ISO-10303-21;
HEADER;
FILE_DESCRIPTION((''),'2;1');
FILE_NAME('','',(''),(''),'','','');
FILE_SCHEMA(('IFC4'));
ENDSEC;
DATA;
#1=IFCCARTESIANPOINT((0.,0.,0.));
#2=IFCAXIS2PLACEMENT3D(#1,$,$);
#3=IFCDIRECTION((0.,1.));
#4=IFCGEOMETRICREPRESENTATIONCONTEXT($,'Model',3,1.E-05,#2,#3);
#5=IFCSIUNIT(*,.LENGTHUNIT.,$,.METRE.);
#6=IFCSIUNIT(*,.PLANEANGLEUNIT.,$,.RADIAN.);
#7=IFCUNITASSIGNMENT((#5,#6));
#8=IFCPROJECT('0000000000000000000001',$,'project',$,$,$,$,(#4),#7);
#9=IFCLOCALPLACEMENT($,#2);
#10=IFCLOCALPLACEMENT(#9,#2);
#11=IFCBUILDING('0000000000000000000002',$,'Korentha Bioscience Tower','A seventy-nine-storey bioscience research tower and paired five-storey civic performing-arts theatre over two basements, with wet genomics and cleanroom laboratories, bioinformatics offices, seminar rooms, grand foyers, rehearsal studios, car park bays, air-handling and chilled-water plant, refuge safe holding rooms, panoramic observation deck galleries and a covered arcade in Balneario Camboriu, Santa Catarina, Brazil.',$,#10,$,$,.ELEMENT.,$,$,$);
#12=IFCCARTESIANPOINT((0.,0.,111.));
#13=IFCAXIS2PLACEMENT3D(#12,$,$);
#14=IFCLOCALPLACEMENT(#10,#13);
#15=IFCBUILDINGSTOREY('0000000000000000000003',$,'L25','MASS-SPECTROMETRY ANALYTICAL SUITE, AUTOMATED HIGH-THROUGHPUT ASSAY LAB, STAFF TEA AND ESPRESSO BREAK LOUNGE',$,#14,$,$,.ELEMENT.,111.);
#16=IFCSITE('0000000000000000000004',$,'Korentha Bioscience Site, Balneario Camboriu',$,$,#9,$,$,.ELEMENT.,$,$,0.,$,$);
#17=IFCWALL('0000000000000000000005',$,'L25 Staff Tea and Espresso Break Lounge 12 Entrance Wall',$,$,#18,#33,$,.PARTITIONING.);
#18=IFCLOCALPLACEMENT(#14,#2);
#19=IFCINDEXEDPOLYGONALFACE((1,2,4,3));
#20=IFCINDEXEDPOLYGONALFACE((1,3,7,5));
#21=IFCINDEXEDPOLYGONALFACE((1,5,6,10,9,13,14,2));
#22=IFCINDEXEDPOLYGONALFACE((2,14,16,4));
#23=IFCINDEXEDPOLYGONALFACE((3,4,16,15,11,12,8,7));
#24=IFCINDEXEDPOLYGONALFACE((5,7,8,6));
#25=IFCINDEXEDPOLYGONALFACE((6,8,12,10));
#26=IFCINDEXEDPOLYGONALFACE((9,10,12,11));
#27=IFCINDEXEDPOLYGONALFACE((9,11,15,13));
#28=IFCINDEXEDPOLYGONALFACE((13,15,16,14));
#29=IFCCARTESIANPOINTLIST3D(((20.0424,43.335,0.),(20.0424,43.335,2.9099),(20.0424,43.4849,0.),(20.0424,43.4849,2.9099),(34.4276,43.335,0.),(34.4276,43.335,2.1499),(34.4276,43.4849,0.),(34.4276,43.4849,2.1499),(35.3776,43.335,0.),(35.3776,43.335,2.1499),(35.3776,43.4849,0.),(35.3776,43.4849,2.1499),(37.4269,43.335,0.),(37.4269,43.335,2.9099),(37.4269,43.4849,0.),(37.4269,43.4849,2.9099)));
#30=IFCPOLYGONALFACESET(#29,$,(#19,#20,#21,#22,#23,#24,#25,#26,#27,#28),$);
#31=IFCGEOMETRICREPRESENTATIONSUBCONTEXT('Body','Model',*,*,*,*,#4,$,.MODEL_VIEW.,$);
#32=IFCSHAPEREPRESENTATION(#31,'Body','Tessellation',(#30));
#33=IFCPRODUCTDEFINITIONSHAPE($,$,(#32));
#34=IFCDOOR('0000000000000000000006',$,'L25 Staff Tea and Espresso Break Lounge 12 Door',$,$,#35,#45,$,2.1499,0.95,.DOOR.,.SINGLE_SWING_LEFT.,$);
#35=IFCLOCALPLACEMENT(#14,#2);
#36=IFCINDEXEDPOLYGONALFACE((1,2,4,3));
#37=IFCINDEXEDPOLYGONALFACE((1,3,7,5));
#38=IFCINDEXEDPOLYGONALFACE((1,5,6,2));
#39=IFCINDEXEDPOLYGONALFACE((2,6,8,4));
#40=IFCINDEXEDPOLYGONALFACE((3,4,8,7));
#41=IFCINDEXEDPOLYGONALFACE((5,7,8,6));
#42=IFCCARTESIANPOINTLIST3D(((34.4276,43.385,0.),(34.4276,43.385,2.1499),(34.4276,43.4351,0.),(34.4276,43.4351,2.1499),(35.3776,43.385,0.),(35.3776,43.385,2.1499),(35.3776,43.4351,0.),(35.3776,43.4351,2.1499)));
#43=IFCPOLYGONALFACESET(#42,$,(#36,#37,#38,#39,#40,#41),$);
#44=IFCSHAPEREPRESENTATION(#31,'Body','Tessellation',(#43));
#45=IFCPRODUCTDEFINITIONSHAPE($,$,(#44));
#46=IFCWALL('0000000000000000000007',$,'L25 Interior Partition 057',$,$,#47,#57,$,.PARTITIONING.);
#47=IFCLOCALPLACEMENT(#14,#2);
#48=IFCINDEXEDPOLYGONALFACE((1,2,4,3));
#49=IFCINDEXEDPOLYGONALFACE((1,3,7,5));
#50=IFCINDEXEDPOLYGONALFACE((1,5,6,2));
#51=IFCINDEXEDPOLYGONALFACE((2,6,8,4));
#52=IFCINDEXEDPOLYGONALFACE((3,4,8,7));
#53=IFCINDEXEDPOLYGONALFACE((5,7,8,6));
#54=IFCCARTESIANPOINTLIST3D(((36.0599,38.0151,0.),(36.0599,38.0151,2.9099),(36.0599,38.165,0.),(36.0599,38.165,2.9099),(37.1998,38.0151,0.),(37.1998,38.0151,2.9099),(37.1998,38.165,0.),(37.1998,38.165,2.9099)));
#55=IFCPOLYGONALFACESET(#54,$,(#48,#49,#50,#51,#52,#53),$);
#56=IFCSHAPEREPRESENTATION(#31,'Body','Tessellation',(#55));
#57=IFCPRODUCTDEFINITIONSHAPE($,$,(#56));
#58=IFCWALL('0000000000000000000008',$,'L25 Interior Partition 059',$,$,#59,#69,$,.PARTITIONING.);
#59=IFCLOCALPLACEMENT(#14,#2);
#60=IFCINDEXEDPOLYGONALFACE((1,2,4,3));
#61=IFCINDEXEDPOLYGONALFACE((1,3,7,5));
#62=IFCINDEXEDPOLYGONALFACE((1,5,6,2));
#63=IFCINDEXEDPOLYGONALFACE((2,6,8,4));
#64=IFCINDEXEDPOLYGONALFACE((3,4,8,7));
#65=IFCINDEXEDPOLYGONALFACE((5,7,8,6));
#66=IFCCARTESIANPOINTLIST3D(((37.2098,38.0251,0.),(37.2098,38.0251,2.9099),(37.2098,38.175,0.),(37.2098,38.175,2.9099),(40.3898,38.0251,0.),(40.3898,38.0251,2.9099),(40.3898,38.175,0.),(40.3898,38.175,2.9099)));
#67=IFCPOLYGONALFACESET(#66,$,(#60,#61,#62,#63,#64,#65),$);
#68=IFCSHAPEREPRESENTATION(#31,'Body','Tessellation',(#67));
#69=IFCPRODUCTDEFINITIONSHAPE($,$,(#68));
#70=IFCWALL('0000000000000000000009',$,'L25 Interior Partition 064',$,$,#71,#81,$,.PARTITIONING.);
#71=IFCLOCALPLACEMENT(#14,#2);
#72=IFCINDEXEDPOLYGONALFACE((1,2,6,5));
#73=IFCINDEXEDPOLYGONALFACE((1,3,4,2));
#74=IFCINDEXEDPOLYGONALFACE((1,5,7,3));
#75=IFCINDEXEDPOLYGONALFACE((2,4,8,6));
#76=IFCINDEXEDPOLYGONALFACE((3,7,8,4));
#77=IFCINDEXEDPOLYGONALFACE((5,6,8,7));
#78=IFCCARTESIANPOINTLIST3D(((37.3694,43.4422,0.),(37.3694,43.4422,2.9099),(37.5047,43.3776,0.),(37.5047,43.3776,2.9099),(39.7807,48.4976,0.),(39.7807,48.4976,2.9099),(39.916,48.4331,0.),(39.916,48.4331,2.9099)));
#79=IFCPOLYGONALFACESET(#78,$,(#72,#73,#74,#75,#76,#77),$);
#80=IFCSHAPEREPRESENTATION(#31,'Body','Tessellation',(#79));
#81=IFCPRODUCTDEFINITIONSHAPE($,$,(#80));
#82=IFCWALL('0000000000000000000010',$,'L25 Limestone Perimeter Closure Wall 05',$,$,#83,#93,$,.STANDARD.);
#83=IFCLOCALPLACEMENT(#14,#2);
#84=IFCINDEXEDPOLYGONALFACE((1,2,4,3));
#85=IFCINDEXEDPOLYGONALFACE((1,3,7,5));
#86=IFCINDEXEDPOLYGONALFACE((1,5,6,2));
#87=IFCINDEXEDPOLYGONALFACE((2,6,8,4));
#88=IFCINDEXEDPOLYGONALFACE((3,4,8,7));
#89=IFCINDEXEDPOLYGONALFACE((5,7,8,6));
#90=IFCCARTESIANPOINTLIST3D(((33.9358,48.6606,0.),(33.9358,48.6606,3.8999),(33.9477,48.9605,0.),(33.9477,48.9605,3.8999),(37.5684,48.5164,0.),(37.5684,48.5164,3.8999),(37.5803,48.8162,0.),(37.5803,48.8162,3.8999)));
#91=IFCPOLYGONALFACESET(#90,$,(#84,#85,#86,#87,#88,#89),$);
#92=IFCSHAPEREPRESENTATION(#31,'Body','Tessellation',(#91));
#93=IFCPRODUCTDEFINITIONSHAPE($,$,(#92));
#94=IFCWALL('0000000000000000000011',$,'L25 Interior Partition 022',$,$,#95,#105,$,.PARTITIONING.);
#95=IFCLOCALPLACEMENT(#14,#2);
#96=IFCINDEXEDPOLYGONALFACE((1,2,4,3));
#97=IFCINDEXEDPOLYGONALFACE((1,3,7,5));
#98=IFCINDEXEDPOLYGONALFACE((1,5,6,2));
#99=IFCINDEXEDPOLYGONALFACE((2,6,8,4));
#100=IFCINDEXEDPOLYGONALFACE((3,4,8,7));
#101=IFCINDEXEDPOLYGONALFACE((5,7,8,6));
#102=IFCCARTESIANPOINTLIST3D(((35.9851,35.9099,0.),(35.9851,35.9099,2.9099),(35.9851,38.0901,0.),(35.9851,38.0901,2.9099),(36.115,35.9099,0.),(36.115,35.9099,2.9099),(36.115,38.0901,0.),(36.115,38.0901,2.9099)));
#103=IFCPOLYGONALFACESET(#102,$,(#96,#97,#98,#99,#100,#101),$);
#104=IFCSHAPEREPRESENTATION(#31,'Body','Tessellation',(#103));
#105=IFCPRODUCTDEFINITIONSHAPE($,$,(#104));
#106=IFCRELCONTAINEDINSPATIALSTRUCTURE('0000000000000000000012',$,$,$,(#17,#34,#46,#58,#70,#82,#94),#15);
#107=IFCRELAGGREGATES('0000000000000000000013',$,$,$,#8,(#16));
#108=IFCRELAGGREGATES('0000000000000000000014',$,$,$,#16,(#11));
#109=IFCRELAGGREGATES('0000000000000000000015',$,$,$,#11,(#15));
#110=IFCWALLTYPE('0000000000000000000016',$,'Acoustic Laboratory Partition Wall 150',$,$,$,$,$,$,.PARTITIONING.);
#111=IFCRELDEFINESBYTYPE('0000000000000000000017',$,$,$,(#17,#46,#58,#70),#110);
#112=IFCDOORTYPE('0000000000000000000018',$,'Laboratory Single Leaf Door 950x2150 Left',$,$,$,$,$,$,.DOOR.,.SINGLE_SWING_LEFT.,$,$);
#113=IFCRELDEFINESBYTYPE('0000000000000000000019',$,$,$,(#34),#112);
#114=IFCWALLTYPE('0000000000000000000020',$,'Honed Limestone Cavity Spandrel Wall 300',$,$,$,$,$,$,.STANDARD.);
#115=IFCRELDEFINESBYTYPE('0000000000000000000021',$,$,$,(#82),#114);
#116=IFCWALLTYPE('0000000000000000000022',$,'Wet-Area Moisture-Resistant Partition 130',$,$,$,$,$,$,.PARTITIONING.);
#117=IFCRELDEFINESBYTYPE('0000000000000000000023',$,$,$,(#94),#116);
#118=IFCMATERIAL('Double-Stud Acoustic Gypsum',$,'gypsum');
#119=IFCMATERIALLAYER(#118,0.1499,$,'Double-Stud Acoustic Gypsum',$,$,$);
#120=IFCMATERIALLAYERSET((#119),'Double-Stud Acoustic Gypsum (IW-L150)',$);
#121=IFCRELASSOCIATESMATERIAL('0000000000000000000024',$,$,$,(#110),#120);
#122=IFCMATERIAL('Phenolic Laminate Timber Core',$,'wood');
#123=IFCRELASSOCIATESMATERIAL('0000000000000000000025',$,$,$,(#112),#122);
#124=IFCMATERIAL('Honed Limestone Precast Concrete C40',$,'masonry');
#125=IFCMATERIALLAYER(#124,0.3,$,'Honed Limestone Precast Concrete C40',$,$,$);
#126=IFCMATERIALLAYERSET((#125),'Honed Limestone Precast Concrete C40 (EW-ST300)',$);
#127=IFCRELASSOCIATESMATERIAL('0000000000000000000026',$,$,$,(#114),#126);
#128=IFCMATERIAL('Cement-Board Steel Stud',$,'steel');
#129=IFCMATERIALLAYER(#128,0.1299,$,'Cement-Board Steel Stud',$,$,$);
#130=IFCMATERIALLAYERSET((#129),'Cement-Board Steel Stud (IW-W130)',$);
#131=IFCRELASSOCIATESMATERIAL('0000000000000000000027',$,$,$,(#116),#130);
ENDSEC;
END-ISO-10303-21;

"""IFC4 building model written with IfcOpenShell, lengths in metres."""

from ifc_helpers import new_model, si_unit, direction, frame, frame_2d, origin, place, context, subcontext, project, spatial, rectangle, extrude, material, layer, layer_set, type_object, element, fill, save


model = new_model("IFC4")

# Units and contexts
model_context = context("Model", 3, precision=1e-05, world=origin(), true_north=direction((0.0, 1.0)))
body_context = subcontext(model_context, "Body", "Model", "MODEL_VIEW")
ifc_project = project(units=[si_unit("LENGTHUNIT", "METRE"), si_unit("PLANEANGLEUNIT", "RADIAN")], contexts=[model_context])

# Site, building, storey
site_placement = place(None, origin())
site = spatial("IfcSite", under=ifc_project, at=site_placement, Name="Korentha Bioscience Site, Balneario Camboriu", CompositionType="ELEMENT", RefElevation=0.0)
building_placement = place(site_placement, origin())
building = spatial("IfcBuilding", under=site, at=building_placement, Name="Korentha Bioscience Tower", Description="A seventy-nine-storey bioscience research tower and paired five-storey civic performing-arts theatre over two basements, with wet genomics and cleanroom laboratories, bioinformatics offices, seminar rooms, grand foyers, rehearsal studios, car park bays, air-handling and chilled-water plant, refuge safe holding rooms, panoramic observation deck galleries and a covered arcade in Balneario Camboriu, Santa Catarina, Brazil.", CompositionType="ELEMENT")
storey_placement = place(building_placement, frame((0.0, 0.0, 111.0)))
storey = spatial("IfcBuildingStorey", under=building, at=storey_placement, Name="L25", Description="MASS-SPECTROMETRY ANALYTICAL SUITE, AUTOMATED HIGH-THROUGHPUT ASSAY LAB, STAFF TEA AND ESPRESSO BREAK LOUNGE", CompositionType="ELEMENT", Elevation=111.0)

# Wall, opening, door
ifc_material_1 = material(Name="Double-Stud Acoustic Gypsum", Category="gypsum")
ifc_layer_1 = layer(ifc_material_1, 0.1499, Name="Double-Stud Acoustic Gypsum")
ifc_layer_set_1 = layer_set([ifc_layer_1], Name="Double-Stud Acoustic Gypsum (IW-L150)")
wall_type_1 = type_object("IfcWallType", Name="Acoustic Laboratory Partition Wall 150", PredefinedType="PARTITIONING", material=ifc_layer_set_1)
ifc_material_2 = material(Name="Phenolic Laminate Timber Core", Category="wood")
door_type_1 = type_object("IfcDoorType", Name="Laboratory Single Leaf Door 950x2150 Left", OperationType="SINGLE_SWING_LEFT", PredefinedType="DOOR", material=ifc_material_2)
wall_1_placement = place(storey_placement, frame((37.427, 43.4099, 0.0), z_axis=(0.0, 0.0, 1.0), x_axis=(-1.0, 0.0, 0.0)))
wall_1 = element("IfcWall", 1, at=wall_1_placement, inside=storey, type_object=wall_type_1, Name="L25 Staff Tea and Espresso Break Lounge 12 Entrance Wall", PredefinedType="PARTITIONING", context=body_context, shape_type="SweptSolid", body=[
    extrude(rectangle(XDim=17.3845, YDim=0.1499, at=frame_2d((8.6924, 0.0))), origin(), (0.0, 0.0, 1.0), 2.9099),
])
opening_1_placement = place(wall_1_placement, frame((2.0493, 0.0, 0.0)))
opening_1 = element("IfcOpeningElement", 2, at=opening_1_placement, cuts=wall_1, PredefinedType="OPENING", context=body_context, shape_type="SweptSolid", body=[
    extrude(rectangle(XDim=0.95, YDim=2.1499, at=frame_2d((0.4751, 1.075))), frame((0.0, 0.0898, 0.0), z_axis=(0.0, -1.0, 0.0), x_axis=(1.0, 0.0, 0.0)), (0.0, 0.0, 1.0), 0.1797),
])
door_1_placement = place(opening_1_placement, origin())
door_1 = element("IfcDoor", 3, at=door_1_placement, inside=storey, type_object=door_type_1, Name="L25 Staff Tea and Espresso Break Lounge 12 Door", OperationType="SINGLE_SWING_LEFT", OverallHeight=2.1499, OverallWidth=0.95, PredefinedType="DOOR", context=body_context, shape_type="SweptSolid", body=[
    extrude(rectangle(XDim=0.95, YDim=2.1499, at=frame_2d((0.4751, 1.075))), frame((0.0, 0.0249, 0.0), z_axis=(0.0, -1.0, 0.0), x_axis=(1.0, 0.0, 0.0)), (0.0, 0.0, 1.0), 0.05),
])
fill(opening_1, door_1)

# Walls
wall_2_placement = place(storey_placement, frame((36.0601, 38.0901, 0.0), z_axis=(0.0, 0.0, 1.0), x_axis=(1.0, 0.0, 0.0)))
element("IfcWall", 4, at=wall_2_placement, inside=storey, type_object=wall_type_1, Name="L25 Interior Partition 057", PredefinedType="PARTITIONING", context=body_context, shape_type="SweptSolid", body=[
    extrude(rectangle(XDim=1.1399, YDim=0.1499, at=frame_2d((0.5698, 0.0))), origin(), (0.0, 0.0, 1.0), 2.9099),
])
wall_3_placement = place(storey_placement, frame((37.21, 38.1001, 0.0), z_axis=(0.0, 0.0, 1.0), x_axis=(1.0, 0.0, 0.0)))
element("IfcWall", 5, at=wall_3_placement, inside=storey, type_object=wall_type_1, Name="L25 Interior Partition 059", PredefinedType="PARTITIONING", context=body_context, shape_type="SweptSolid", body=[
    extrude(rectangle(XDim=3.1799, YDim=0.1499, at=frame_2d((1.5898, 0.0))), origin(), (0.0, 0.0, 1.0), 2.9099),
])
wall_4_placement = place(storey_placement, frame((37.437, 43.4099, 0.0), z_axis=(0.0, 0.0, 1.0), x_axis=(0.430521, 0.902581, 0.0)))
element("IfcWall", 6, at=wall_4_placement, inside=storey, type_object=wall_type_1, Name="L25 Interior Partition 064", PredefinedType="PARTITIONING", context=body_context, shape_type="SweptSolid", body=[
    extrude(rectangle(XDim=5.6011, YDim=0.1499, at=frame_2d((2.8005, 0.0))), origin(), (0.0, 0.0, 1.0), 2.9099),
])

# Shared definitions
ifc_material_3 = material(Name="Honed Limestone Precast Concrete C40", Category="masonry")
ifc_layer_2 = layer(ifc_material_3, 0.3, Name="Honed Limestone Precast Concrete C40")
ifc_layer_set_2 = layer_set([ifc_layer_2], Name="Honed Limestone Precast Concrete C40 (EW-ST300)")
wall_type_2 = type_object("IfcWallType", Name="Honed Limestone Cavity Spandrel Wall 300", PredefinedType="STANDARD", material=ifc_layer_set_2)

# Wall
wall_5_placement = place(storey_placement, frame((37.5745, 48.6663, 0.0), z_axis=(0.0, 0.0, 1.0), x_axis=(-0.999212, 0.039689, 0.0)))
element("IfcWall", 7, at=wall_5_placement, inside=storey, type_object=wall_type_2, Name="L25 Limestone Perimeter Closure Wall 05", PredefinedType="STANDARD", context=body_context, shape_type="SweptSolid", body=[
    extrude(rectangle(XDim=3.6355, YDim=0.3, at=frame_2d((1.8179, 0.0))), origin(), (0.0, 0.0, 1.0), 3.8999),
])

# Shared definitions
ifc_material_4 = material(Name="Cement-Board Steel Stud", Category="steel")
ifc_layer_3 = layer(ifc_material_4, 0.1299, Name="Cement-Board Steel Stud")
ifc_layer_set_3 = layer_set([ifc_layer_3], Name="Cement-Board Steel Stud (IW-W130)")
wall_type_3 = type_object("IfcWallType", Name="Wet-Area Moisture-Resistant Partition 130", PredefinedType="PARTITIONING", material=ifc_layer_set_3)

# Wall
wall_6_placement = place(storey_placement, frame((36.05, 38.0901, 0.0), z_axis=(0.0, 0.0, 1.0), x_axis=(0.0, -1.0, 0.0)))
element("IfcWall", 8, at=wall_6_placement, inside=storey, type_object=wall_type_3, Name="L25 Interior Partition 022", PredefinedType="PARTITIONING", context=body_context, shape_type="SweptSolid", body=[
    extrude(rectangle(XDim=2.1802, YDim=0.1299, at=frame_2d((1.0901, 0.0))), origin(), (0.0, 0.0, 1.0), 2.9099),
])

save(model, "model.ifc")
